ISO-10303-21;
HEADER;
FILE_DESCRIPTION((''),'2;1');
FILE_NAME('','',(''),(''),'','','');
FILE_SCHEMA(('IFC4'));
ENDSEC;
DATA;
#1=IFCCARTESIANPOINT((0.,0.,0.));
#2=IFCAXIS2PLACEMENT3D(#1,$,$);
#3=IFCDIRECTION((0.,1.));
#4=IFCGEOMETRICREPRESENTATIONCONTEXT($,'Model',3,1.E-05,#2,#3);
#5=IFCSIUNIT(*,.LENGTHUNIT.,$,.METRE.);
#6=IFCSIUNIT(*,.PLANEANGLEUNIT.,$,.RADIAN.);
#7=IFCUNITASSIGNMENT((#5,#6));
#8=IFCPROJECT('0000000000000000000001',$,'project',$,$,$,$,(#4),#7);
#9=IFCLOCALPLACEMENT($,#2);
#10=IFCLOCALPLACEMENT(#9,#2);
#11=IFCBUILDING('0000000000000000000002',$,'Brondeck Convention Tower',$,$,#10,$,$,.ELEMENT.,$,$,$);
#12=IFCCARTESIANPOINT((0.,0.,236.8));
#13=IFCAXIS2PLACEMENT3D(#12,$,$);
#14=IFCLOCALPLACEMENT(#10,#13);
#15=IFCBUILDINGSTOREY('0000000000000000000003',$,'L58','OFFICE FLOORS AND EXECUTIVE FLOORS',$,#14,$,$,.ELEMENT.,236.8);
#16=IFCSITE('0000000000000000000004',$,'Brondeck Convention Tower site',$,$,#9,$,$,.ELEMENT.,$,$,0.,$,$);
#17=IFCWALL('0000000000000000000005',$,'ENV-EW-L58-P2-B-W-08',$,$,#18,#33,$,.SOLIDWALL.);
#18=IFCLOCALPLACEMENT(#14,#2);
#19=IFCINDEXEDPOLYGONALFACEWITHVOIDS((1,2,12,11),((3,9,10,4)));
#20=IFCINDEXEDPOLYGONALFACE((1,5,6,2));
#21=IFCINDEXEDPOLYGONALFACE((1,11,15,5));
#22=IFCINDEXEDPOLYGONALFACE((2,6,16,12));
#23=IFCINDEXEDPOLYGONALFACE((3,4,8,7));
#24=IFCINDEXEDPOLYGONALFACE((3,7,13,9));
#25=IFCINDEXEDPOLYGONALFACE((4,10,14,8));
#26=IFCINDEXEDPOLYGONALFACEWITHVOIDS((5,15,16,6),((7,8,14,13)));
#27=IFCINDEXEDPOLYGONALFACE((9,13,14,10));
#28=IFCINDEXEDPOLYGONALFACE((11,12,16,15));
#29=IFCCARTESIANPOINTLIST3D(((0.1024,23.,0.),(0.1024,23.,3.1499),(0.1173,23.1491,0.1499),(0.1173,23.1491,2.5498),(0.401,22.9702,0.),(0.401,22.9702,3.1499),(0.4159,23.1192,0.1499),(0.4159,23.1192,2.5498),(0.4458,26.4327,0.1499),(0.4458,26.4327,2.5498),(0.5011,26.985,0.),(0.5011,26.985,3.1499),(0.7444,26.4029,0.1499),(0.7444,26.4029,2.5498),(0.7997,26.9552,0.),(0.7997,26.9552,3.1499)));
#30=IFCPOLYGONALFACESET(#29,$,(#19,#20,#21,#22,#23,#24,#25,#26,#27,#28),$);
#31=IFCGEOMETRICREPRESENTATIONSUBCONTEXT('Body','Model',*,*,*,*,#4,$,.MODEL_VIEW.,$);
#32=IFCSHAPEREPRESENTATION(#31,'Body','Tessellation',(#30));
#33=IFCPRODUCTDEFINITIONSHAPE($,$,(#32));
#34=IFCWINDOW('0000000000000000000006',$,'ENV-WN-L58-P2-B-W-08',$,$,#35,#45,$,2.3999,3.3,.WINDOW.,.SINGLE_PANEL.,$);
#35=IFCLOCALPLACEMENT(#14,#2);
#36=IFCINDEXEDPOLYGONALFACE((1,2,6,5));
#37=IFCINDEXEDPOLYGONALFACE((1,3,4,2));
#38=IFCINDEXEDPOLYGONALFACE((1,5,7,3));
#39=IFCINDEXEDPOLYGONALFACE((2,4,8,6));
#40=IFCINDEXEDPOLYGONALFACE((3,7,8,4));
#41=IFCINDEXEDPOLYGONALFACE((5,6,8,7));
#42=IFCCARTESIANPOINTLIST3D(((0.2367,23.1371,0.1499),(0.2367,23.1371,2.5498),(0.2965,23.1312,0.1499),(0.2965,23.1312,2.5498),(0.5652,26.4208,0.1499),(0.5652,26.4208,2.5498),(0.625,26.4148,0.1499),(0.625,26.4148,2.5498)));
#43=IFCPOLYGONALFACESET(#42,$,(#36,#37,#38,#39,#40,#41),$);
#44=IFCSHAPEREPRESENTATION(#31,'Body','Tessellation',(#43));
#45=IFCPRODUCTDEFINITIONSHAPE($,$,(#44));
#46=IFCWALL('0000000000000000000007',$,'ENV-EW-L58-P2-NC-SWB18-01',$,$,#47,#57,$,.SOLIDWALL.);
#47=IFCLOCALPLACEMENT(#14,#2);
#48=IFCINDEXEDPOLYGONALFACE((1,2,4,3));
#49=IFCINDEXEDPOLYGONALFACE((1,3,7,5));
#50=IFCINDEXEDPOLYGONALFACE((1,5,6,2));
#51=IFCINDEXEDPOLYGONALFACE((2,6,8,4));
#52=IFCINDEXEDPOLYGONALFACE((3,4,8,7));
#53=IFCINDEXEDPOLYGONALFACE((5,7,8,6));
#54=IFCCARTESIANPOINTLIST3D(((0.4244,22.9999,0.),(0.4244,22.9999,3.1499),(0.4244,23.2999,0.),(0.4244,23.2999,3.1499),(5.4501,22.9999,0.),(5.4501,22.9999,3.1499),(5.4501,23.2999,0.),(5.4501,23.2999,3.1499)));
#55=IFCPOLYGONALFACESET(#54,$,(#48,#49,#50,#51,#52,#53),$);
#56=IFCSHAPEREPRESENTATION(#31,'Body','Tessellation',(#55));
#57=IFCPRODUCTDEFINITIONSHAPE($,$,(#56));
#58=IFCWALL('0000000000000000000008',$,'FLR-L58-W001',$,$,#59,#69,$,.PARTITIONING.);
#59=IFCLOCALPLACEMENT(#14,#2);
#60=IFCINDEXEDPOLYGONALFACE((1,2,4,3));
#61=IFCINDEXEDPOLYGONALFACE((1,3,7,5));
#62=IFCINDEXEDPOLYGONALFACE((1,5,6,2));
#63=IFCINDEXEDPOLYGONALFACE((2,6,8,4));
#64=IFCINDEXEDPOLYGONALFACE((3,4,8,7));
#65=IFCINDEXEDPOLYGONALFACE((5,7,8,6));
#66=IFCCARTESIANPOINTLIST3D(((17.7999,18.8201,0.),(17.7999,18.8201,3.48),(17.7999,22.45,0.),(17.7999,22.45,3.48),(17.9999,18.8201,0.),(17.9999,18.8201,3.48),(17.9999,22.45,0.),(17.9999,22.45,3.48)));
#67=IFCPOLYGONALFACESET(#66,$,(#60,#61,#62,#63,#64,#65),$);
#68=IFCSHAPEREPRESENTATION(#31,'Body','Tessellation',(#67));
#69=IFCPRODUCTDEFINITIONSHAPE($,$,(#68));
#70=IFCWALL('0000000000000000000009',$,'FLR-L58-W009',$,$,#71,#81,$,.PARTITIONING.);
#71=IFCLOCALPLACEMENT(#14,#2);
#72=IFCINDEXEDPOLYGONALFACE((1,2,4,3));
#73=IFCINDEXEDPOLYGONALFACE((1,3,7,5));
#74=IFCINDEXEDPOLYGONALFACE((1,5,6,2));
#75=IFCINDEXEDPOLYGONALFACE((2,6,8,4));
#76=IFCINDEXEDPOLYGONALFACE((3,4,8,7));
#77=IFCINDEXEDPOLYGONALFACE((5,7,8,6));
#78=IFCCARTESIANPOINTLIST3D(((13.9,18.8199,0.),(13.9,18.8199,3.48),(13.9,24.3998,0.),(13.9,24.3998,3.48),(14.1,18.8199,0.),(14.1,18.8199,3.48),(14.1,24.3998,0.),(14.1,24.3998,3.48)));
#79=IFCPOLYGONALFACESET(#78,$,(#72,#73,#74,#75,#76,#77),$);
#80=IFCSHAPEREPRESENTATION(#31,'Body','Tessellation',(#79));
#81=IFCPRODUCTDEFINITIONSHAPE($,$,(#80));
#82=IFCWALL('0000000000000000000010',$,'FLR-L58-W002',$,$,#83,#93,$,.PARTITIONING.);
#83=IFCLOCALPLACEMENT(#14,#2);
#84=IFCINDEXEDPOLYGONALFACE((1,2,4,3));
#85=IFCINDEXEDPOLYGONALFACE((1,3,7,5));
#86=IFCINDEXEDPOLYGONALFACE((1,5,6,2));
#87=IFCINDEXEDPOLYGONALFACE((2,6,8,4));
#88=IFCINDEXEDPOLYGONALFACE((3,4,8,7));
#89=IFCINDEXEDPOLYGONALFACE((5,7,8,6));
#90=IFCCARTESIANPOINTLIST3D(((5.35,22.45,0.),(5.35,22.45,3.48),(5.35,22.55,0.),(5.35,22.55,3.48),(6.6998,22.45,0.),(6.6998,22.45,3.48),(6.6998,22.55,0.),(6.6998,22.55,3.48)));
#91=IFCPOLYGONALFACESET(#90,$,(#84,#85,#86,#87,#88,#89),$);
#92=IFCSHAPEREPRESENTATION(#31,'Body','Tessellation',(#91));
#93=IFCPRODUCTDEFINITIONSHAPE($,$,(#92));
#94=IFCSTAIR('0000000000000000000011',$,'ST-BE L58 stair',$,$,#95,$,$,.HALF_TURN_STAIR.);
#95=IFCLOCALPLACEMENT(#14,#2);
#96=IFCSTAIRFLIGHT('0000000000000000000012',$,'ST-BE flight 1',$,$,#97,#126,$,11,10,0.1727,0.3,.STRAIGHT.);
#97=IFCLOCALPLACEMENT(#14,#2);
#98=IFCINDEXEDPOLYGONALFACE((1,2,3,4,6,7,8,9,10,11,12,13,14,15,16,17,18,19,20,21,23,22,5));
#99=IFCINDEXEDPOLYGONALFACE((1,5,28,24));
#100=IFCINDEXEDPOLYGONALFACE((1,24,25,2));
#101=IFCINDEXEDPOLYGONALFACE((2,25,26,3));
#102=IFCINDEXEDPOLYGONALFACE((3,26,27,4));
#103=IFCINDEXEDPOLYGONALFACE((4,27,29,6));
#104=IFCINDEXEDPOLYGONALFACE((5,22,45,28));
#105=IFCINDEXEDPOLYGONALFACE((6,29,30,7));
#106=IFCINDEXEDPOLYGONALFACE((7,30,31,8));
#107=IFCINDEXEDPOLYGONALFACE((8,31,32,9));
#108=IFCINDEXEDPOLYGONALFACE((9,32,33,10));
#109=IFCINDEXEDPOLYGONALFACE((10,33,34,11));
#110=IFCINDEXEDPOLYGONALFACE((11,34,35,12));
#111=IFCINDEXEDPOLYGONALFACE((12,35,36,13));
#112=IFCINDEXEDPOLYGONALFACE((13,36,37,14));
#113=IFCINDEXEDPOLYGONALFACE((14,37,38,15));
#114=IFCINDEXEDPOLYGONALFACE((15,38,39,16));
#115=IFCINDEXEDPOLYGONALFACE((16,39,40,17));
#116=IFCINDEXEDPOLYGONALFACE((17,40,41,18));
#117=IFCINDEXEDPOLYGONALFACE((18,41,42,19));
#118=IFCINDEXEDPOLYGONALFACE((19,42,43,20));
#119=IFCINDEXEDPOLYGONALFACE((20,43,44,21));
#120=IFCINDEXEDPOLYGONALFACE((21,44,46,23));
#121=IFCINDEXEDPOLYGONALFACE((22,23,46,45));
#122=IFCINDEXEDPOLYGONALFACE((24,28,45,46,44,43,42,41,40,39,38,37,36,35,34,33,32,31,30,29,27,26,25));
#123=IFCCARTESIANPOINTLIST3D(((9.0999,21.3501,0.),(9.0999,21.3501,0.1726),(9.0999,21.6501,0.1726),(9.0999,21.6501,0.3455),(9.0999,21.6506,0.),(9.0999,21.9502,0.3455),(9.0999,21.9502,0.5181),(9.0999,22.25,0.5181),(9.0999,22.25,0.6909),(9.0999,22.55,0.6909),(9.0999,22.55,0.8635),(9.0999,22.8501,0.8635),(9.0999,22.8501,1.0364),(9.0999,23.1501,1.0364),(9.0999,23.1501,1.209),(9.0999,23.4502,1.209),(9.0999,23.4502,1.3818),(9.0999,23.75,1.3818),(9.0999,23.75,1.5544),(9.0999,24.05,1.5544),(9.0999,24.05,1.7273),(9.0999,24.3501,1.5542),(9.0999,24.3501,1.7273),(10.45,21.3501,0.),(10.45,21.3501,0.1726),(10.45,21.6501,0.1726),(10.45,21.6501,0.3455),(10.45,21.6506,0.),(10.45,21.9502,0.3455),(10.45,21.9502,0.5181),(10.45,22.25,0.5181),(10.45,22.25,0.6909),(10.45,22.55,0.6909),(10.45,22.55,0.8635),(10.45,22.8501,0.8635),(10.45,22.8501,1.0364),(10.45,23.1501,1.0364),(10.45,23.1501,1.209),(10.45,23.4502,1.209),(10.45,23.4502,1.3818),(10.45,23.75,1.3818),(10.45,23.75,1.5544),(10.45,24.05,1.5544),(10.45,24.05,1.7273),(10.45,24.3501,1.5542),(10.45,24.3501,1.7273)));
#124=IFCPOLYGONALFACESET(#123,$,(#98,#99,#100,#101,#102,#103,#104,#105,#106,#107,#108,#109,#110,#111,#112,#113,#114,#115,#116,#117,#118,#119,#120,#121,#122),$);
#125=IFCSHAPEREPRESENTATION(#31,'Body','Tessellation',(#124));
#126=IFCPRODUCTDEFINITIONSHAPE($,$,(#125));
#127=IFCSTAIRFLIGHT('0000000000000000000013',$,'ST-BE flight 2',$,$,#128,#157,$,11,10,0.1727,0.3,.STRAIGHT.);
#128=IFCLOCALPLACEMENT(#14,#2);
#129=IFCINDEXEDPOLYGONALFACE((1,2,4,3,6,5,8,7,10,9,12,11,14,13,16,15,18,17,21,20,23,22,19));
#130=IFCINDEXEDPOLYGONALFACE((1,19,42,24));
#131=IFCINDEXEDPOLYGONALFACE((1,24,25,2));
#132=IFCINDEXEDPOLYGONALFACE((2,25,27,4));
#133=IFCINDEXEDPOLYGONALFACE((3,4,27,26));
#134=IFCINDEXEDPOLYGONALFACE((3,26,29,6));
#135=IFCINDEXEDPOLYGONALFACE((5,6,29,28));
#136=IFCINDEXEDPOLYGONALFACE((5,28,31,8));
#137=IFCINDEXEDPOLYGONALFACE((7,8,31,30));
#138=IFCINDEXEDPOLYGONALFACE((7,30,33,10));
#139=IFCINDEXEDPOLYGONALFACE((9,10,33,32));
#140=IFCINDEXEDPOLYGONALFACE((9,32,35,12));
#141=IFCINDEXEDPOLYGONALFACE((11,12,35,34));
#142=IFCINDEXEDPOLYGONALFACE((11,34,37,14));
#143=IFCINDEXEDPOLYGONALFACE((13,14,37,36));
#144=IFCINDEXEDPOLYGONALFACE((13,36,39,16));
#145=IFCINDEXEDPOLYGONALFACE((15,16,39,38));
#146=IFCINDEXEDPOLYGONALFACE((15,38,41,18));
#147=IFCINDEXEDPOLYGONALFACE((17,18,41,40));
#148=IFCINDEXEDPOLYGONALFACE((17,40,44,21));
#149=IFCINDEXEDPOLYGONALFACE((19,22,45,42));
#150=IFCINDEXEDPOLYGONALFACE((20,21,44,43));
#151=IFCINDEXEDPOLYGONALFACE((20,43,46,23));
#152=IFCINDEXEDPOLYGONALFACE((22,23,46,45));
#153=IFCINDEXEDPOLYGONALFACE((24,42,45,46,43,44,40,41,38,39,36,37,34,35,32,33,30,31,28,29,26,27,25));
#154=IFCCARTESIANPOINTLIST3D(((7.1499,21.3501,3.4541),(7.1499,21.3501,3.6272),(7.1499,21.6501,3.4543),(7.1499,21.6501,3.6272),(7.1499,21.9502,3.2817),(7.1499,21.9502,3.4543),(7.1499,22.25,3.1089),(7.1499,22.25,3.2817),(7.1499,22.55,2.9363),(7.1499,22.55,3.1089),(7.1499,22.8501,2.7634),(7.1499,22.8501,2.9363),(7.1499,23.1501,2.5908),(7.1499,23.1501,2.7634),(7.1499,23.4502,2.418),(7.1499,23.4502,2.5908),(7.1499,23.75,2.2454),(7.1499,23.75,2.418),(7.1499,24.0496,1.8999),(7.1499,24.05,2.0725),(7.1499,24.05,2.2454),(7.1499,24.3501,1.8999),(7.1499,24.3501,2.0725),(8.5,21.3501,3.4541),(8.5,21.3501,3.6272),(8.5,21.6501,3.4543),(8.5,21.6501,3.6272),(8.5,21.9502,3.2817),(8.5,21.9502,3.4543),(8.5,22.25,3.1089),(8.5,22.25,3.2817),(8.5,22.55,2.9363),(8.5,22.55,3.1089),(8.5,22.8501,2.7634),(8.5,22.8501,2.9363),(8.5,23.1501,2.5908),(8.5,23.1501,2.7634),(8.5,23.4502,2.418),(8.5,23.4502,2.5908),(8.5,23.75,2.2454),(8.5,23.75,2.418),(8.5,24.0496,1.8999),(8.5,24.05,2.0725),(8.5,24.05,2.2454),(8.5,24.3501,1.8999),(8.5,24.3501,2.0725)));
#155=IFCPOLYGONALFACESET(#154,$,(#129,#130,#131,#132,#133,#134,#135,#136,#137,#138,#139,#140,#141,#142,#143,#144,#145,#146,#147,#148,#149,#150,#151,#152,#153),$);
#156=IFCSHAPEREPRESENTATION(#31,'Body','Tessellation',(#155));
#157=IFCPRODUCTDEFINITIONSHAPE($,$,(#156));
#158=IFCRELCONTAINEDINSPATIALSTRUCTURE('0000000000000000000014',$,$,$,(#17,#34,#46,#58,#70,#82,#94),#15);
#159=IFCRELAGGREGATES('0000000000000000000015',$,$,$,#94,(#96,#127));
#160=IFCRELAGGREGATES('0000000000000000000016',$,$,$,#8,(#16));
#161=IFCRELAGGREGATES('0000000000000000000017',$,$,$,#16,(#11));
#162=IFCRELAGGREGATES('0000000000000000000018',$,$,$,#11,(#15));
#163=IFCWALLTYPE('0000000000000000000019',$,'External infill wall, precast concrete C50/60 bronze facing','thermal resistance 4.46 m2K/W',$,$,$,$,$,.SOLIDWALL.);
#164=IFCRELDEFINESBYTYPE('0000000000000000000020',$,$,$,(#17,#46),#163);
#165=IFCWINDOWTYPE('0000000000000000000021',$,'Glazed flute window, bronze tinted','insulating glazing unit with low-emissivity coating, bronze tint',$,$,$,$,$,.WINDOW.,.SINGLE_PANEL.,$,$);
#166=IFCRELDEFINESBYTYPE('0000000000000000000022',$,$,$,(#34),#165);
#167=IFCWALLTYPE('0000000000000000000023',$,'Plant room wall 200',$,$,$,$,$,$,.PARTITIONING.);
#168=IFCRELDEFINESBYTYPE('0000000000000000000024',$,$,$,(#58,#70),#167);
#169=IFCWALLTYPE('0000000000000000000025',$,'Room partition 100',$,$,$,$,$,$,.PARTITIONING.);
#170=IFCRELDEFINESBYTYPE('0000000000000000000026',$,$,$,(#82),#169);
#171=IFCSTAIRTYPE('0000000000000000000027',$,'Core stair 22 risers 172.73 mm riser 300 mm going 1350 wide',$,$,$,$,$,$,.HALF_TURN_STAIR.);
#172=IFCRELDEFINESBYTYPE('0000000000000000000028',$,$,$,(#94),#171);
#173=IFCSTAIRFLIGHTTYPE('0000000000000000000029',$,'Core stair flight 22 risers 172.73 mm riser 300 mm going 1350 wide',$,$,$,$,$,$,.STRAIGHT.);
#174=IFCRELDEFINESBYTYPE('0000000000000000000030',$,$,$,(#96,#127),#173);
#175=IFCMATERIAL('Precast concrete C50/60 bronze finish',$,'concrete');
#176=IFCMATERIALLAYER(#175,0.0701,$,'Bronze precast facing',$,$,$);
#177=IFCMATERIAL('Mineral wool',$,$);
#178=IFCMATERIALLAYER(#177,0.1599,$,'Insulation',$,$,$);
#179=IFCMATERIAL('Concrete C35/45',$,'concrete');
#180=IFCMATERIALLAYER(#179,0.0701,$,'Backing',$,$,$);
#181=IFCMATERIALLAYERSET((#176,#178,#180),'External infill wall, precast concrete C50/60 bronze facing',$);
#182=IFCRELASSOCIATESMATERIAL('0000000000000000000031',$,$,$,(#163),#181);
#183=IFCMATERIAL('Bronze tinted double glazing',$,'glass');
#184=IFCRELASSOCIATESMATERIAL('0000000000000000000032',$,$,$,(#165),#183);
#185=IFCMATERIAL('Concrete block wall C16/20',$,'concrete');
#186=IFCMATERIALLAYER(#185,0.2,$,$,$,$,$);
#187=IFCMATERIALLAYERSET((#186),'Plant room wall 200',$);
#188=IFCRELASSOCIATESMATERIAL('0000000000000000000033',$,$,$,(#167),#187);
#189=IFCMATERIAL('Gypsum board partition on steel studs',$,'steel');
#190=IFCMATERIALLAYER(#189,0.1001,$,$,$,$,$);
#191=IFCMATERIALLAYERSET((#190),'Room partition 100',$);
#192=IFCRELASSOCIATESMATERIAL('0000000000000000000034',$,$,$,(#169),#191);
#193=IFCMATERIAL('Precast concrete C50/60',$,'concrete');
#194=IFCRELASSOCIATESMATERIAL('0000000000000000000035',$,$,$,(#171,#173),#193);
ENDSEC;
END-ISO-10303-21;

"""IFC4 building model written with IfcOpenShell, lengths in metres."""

from ifc_helpers import new_model, si_unit, direction, frame, frame_2d, origin, place, context, subcontext, project, spatial, polyline, rectangle, outline, extrude, material, layer, layer_set, type_object, element, fill, aggregate, save


model = new_model("IFC4")

# Units and contexts
model_context = context("Model", 3, precision=1e-05, world=origin(), true_north=direction((0.0, 1.0)))
body_context = subcontext(model_context, "Body", "Model", "MODEL_VIEW")
ifc_project = project(units=[si_unit("LENGTHUNIT", "METRE"), si_unit("PLANEANGLEUNIT", "RADIAN")], contexts=[model_context])

# Site, building, storey
site_placement = place(None, origin())
site = spatial("IfcSite", under=ifc_project, at=site_placement, Name="Brondeck Convention Tower site", CompositionType="ELEMENT", RefElevation=0.0)
building_placement = place(site_placement, origin())
building = spatial("IfcBuilding", under=site, at=building_placement, Name="Brondeck Convention Tower", CompositionType="ELEMENT")
storey_placement = place(building_placement, frame((0.0, 0.0, 236.8)))
storey = spatial("IfcBuildingStorey", under=building, at=storey_placement, Name="L58", Description="OFFICE FLOORS AND EXECUTIVE FLOORS", CompositionType="ELEMENT", Elevation=236.8)

# Shared definitions
ifc_material_1 = material(Name="Precast concrete C50/60 bronze finish", Category="concrete")
ifc_layer_1 = layer(ifc_material_1, 0.0701, Name="Bronze precast facing")
ifc_material_2 = material(Name="Mineral wool")
ifc_layer_2 = layer(ifc_material_2, 0.1599, Name="Insulation")
ifc_material_3 = material(Name="Concrete C35/45", Category="concrete")
ifc_layer_3 = layer(ifc_material_3, 0.0701, Name="Backing")
ifc_layer_set_1 = layer_set([ifc_layer_1, ifc_layer_2, ifc_layer_3], Name="External infill wall, precast concrete C50/60 bronze facing")
wall_type_1 = type_object("IfcWallType", Name="External infill wall, precast concrete C50/60 bronze facing", Description="thermal resistance 4.46 m2K/W", PredefinedType="SOLIDWALL", material=ifc_layer_set_1)
ifc_material_4 = material(Name="Bronze tinted double glazing", Category="glass")
window_type_1 = type_object("IfcWindowType", Name="Glazed flute window, bronze tinted", Description="insulating glazing unit with low-emissivity coating, bronze tint", PartitioningType="SINGLE_PANEL", PredefinedType="WINDOW", material=ifc_material_4)

# Wall, opening, window
wall_1_placement = place(storey_placement, frame((0.2517, 22.9851, 0.0), z_axis=(0.0, 0.0, 1.0), x_axis=(0.099546, 0.995033, 0.0)))
wall_1 = element("IfcWall", 1, at=wall_1_placement, inside=storey, type_object=wall_type_1, Name="ENV-EW-L58-P2-B-W-08", PredefinedType="SOLIDWALL", context=body_context, shape_type="SweptSolid", body=[
    extrude(rectangle(XDim=4.0049, YDim=0.3, at=frame_2d((2.0024, 0.0))), origin(), (0.0, 0.0, 1.0), 3.1499),
])
opening_1_placement = place(wall_1_placement, frame((0.1499, 0.0, 0.1499)))
opening_1 = element("IfcOpeningElement", 2, at=opening_1_placement, cuts=wall_1, PredefinedType="OPENING", context=body_context, shape_type="SweptSolid", body=[
    extrude(rectangle(XDim=3.3, YDim=2.3999, at=frame_2d((1.6499, 1.2))), frame((0.0, 0.1599, 0.0), z_axis=(0.0, -1.0, 0.0), x_axis=(1.0, 0.0, 0.0)), (0.0, 0.0, 1.0), 0.3201),
])
window_1_placement = place(opening_1_placement, origin())
window_1 = element("IfcWindow", 3, at=window_1_placement, inside=storey, type_object=window_type_1, Name="ENV-WN-L58-P2-B-W-08", OverallHeight=2.3999, OverallWidth=3.3, PartitioningType="SINGLE_PANEL", PredefinedType="WINDOW", context=body_context, shape_type="SweptSolid", body=[
    extrude(rectangle(XDim=3.3, YDim=2.3999, at=frame_2d((1.6499, 1.2))), frame((0.0, 0.03, 0.0), z_axis=(0.0, -1.0, 0.0), x_axis=(1.0, 0.0, 0.0)), (0.0, 0.0, 1.0), 0.0601),
])
fill(opening_1, window_1)

# Walls
wall_2_placement = place(storey_placement, frame((5.45, 23.1499, 0.0), z_axis=(0.0, 0.0, 1.0), x_axis=(-1.0, 0.0, 0.0)))
element("IfcWall", 4, at=wall_2_placement, inside=storey, type_object=wall_type_1, Name="ENV-EW-L58-P2-NC-SWB18-01", PredefinedType="SOLIDWALL", context=body_context, shape_type="SweptSolid", body=[
    extrude(rectangle(XDim=5.0256, YDim=0.3, at=frame_2d((2.5127, 0.0))), origin(), (0.0, 0.0, 1.0), 3.1499),
])
ifc_material_5 = material(Name="Concrete block wall C16/20", Category="concrete")
ifc_layer_4 = layer(ifc_material_5, 0.2)
ifc_layer_set_2 = layer_set([ifc_layer_4], Name="Plant room wall 200")
wall_type_2 = type_object("IfcWallType", Name="Plant room wall 200", PredefinedType="PARTITIONING", material=ifc_layer_set_2)
wall_3_placement = place(storey_placement, frame((17.8999, 22.45, 0.0), z_axis=(0.0, 0.0, 1.0), x_axis=(0.0, -1.0, 0.0)))
element("IfcWall", 5, at=wall_3_placement, inside=storey, type_object=wall_type_2, Name="FLR-L58-W001", PredefinedType="PARTITIONING", context=body_context, shape_type="SweptSolid", body=[
    extrude(rectangle(XDim=3.6299, YDim=0.2, at=frame_2d((1.8149, 0.0))), origin(), (0.0, 0.0, 1.0), 3.48),
])
wall_4_placement = place(storey_placement, frame((14.0, 24.3999, 0.0), z_axis=(0.0, 0.0, 1.0), x_axis=(0.0, -1.0, 0.0)))
element("IfcWall", 6, at=wall_4_placement, inside=storey, type_object=wall_type_2, Name="FLR-L58-W009", PredefinedType="PARTITIONING", context=body_context, shape_type="SweptSolid", body=[
    extrude(rectangle(XDim=5.5798, YDim=0.2, at=frame_2d((2.79, 0.0))), origin(), (0.0, 0.0, 1.0), 3.48),
])
ifc_material_6 = material(Name="Gypsum board partition on steel studs", Category="steel")
ifc_layer_5 = layer(ifc_material_6, 0.1001)
ifc_layer_set_3 = layer_set([ifc_layer_5], Name="Room partition 100")
wall_type_3 = type_object("IfcWallType", Name="Room partition 100", PredefinedType="PARTITIONING", material=ifc_layer_set_3)
wall_5_placement = place(storey_placement, frame((5.3501, 22.5, 0.0), z_axis=(0.0, 0.0, 1.0), x_axis=(1.0, 0.0, 0.0)))
element("IfcWall", 7, at=wall_5_placement, inside=storey, type_object=wall_type_3, Name="FLR-L58-W002", PredefinedType="PARTITIONING", context=body_context, shape_type="SweptSolid", body=[
    extrude(rectangle(XDim=1.3499, YDim=0.1001, at=frame_2d((0.6748, 0.0))), origin(), (0.0, 0.0, 1.0), 3.48),
])

# Stair, stair flights
ifc_material_7 = material(Name="Precast concrete C50/60", Category="concrete")
stair_type = type_object("IfcStairType", Name="Core stair 22 risers 172.73 mm riser 300 mm going 1350 wide", PredefinedType="HALF_TURN_STAIR", material=ifc_material_7)
stair_placement = place(storey_placement, origin())
stair = element("IfcStair", 8, at=stair_placement, inside=storey, type_object=stair_type, Name="ST-BE L58 stair", PredefinedType="HALF_TURN_STAIR")
stair_flight_type = type_object("IfcStairFlightType", Name="Core stair flight 22 risers 172.73 mm riser 300 mm going 1350 wide", PredefinedType="STRAIGHT", material=ifc_material_7)
stair_flight_1_placement = place(storey_placement, frame((9.7749, 21.3501, 0.0), z_axis=(0.0, 0.0, 1.0), x_axis=(0.0, 1.0, 0.0)))
stair_flight_1 = element("IfcStairFlight", 9, at=stair_flight_1_placement, type_object=stair_flight_type, Name="ST-BE flight 1", NumberOfRisers=11, NumberOfTreads=10, PredefinedType="STRAIGHT", RiserHeight=0.1727, TreadLength=0.3, context=body_context, shape_type="SweptSolid", body=[
    extrude(outline(polyline([(0.0, 0.0), (0.0, 0.1726), (0.3, 0.1726), (0.3, 0.3455), (0.6001, 0.3455), (0.6001, 0.5181), (0.8999, 0.5181), (0.8999, 0.6909), (1.2, 0.6909), (1.2, 0.8635), (1.5, 0.8635), (1.5, 1.0364), (1.8, 1.0364), (1.8, 1.209), (2.1001, 1.209), (2.1001, 1.3818), (2.3999, 1.3818), (2.3999, 1.5544), (2.7, 1.5544), (2.7, 1.7273), (3.0, 1.7273), (3.0, 1.8999), (3.0, 1.5542), (0.3005, 0.0), (0.0, 0.0)])), frame((0.0, 0.675, 0.0), z_axis=(0.0, -1.0, 0.0), x_axis=(1.0, 0.0, 0.0)), (0.0, 0.0, 1.0), 1.3501),
])
stair_flight_2_placement = place(storey_placement, frame((7.825, 24.3501, 1.8999), z_axis=(0.0, 0.0, 1.0), x_axis=(0.0, -1.0, 0.0)))
stair_flight_2 = element("IfcStairFlight", 10, at=stair_flight_2_placement, type_object=stair_flight_type, Name="ST-BE flight 2", NumberOfRisers=11, NumberOfTreads=10, PredefinedType="STRAIGHT", RiserHeight=0.1727, TreadLength=0.3, context=body_context, shape_type="SweptSolid", body=[
    extrude(outline(polyline([(0.0, 0.0), (0.0, 0.1726), (0.3, 0.1726), (0.3, 0.3455), (0.6001, 0.3455), (0.6001, 0.5181), (0.8999, 0.5181), (0.8999, 0.6909), (1.2, 0.6909), (1.2, 0.8635), (1.5, 0.8635), (1.5, 1.0364), (1.8, 1.0364), (1.8, 1.209), (2.1001, 1.209), (2.1001, 1.3818), (2.3999, 1.3818), (2.3999, 1.5544), (2.7, 1.5544), (2.7, 1.7273), (3.0, 1.7273), (3.0, 1.8999), (3.0, 1.5542), (0.3005, 0.0), (0.0, 0.0)])), frame((0.0, 0.675, 0.0), z_axis=(0.0, -1.0, 0.0), x_axis=(1.0, 0.0, 0.0)), (0.0, 0.0, 1.0), 1.3501),
])
aggregate(stair, [stair_flight_1, stair_flight_2])

save(model, "model.ifc")
